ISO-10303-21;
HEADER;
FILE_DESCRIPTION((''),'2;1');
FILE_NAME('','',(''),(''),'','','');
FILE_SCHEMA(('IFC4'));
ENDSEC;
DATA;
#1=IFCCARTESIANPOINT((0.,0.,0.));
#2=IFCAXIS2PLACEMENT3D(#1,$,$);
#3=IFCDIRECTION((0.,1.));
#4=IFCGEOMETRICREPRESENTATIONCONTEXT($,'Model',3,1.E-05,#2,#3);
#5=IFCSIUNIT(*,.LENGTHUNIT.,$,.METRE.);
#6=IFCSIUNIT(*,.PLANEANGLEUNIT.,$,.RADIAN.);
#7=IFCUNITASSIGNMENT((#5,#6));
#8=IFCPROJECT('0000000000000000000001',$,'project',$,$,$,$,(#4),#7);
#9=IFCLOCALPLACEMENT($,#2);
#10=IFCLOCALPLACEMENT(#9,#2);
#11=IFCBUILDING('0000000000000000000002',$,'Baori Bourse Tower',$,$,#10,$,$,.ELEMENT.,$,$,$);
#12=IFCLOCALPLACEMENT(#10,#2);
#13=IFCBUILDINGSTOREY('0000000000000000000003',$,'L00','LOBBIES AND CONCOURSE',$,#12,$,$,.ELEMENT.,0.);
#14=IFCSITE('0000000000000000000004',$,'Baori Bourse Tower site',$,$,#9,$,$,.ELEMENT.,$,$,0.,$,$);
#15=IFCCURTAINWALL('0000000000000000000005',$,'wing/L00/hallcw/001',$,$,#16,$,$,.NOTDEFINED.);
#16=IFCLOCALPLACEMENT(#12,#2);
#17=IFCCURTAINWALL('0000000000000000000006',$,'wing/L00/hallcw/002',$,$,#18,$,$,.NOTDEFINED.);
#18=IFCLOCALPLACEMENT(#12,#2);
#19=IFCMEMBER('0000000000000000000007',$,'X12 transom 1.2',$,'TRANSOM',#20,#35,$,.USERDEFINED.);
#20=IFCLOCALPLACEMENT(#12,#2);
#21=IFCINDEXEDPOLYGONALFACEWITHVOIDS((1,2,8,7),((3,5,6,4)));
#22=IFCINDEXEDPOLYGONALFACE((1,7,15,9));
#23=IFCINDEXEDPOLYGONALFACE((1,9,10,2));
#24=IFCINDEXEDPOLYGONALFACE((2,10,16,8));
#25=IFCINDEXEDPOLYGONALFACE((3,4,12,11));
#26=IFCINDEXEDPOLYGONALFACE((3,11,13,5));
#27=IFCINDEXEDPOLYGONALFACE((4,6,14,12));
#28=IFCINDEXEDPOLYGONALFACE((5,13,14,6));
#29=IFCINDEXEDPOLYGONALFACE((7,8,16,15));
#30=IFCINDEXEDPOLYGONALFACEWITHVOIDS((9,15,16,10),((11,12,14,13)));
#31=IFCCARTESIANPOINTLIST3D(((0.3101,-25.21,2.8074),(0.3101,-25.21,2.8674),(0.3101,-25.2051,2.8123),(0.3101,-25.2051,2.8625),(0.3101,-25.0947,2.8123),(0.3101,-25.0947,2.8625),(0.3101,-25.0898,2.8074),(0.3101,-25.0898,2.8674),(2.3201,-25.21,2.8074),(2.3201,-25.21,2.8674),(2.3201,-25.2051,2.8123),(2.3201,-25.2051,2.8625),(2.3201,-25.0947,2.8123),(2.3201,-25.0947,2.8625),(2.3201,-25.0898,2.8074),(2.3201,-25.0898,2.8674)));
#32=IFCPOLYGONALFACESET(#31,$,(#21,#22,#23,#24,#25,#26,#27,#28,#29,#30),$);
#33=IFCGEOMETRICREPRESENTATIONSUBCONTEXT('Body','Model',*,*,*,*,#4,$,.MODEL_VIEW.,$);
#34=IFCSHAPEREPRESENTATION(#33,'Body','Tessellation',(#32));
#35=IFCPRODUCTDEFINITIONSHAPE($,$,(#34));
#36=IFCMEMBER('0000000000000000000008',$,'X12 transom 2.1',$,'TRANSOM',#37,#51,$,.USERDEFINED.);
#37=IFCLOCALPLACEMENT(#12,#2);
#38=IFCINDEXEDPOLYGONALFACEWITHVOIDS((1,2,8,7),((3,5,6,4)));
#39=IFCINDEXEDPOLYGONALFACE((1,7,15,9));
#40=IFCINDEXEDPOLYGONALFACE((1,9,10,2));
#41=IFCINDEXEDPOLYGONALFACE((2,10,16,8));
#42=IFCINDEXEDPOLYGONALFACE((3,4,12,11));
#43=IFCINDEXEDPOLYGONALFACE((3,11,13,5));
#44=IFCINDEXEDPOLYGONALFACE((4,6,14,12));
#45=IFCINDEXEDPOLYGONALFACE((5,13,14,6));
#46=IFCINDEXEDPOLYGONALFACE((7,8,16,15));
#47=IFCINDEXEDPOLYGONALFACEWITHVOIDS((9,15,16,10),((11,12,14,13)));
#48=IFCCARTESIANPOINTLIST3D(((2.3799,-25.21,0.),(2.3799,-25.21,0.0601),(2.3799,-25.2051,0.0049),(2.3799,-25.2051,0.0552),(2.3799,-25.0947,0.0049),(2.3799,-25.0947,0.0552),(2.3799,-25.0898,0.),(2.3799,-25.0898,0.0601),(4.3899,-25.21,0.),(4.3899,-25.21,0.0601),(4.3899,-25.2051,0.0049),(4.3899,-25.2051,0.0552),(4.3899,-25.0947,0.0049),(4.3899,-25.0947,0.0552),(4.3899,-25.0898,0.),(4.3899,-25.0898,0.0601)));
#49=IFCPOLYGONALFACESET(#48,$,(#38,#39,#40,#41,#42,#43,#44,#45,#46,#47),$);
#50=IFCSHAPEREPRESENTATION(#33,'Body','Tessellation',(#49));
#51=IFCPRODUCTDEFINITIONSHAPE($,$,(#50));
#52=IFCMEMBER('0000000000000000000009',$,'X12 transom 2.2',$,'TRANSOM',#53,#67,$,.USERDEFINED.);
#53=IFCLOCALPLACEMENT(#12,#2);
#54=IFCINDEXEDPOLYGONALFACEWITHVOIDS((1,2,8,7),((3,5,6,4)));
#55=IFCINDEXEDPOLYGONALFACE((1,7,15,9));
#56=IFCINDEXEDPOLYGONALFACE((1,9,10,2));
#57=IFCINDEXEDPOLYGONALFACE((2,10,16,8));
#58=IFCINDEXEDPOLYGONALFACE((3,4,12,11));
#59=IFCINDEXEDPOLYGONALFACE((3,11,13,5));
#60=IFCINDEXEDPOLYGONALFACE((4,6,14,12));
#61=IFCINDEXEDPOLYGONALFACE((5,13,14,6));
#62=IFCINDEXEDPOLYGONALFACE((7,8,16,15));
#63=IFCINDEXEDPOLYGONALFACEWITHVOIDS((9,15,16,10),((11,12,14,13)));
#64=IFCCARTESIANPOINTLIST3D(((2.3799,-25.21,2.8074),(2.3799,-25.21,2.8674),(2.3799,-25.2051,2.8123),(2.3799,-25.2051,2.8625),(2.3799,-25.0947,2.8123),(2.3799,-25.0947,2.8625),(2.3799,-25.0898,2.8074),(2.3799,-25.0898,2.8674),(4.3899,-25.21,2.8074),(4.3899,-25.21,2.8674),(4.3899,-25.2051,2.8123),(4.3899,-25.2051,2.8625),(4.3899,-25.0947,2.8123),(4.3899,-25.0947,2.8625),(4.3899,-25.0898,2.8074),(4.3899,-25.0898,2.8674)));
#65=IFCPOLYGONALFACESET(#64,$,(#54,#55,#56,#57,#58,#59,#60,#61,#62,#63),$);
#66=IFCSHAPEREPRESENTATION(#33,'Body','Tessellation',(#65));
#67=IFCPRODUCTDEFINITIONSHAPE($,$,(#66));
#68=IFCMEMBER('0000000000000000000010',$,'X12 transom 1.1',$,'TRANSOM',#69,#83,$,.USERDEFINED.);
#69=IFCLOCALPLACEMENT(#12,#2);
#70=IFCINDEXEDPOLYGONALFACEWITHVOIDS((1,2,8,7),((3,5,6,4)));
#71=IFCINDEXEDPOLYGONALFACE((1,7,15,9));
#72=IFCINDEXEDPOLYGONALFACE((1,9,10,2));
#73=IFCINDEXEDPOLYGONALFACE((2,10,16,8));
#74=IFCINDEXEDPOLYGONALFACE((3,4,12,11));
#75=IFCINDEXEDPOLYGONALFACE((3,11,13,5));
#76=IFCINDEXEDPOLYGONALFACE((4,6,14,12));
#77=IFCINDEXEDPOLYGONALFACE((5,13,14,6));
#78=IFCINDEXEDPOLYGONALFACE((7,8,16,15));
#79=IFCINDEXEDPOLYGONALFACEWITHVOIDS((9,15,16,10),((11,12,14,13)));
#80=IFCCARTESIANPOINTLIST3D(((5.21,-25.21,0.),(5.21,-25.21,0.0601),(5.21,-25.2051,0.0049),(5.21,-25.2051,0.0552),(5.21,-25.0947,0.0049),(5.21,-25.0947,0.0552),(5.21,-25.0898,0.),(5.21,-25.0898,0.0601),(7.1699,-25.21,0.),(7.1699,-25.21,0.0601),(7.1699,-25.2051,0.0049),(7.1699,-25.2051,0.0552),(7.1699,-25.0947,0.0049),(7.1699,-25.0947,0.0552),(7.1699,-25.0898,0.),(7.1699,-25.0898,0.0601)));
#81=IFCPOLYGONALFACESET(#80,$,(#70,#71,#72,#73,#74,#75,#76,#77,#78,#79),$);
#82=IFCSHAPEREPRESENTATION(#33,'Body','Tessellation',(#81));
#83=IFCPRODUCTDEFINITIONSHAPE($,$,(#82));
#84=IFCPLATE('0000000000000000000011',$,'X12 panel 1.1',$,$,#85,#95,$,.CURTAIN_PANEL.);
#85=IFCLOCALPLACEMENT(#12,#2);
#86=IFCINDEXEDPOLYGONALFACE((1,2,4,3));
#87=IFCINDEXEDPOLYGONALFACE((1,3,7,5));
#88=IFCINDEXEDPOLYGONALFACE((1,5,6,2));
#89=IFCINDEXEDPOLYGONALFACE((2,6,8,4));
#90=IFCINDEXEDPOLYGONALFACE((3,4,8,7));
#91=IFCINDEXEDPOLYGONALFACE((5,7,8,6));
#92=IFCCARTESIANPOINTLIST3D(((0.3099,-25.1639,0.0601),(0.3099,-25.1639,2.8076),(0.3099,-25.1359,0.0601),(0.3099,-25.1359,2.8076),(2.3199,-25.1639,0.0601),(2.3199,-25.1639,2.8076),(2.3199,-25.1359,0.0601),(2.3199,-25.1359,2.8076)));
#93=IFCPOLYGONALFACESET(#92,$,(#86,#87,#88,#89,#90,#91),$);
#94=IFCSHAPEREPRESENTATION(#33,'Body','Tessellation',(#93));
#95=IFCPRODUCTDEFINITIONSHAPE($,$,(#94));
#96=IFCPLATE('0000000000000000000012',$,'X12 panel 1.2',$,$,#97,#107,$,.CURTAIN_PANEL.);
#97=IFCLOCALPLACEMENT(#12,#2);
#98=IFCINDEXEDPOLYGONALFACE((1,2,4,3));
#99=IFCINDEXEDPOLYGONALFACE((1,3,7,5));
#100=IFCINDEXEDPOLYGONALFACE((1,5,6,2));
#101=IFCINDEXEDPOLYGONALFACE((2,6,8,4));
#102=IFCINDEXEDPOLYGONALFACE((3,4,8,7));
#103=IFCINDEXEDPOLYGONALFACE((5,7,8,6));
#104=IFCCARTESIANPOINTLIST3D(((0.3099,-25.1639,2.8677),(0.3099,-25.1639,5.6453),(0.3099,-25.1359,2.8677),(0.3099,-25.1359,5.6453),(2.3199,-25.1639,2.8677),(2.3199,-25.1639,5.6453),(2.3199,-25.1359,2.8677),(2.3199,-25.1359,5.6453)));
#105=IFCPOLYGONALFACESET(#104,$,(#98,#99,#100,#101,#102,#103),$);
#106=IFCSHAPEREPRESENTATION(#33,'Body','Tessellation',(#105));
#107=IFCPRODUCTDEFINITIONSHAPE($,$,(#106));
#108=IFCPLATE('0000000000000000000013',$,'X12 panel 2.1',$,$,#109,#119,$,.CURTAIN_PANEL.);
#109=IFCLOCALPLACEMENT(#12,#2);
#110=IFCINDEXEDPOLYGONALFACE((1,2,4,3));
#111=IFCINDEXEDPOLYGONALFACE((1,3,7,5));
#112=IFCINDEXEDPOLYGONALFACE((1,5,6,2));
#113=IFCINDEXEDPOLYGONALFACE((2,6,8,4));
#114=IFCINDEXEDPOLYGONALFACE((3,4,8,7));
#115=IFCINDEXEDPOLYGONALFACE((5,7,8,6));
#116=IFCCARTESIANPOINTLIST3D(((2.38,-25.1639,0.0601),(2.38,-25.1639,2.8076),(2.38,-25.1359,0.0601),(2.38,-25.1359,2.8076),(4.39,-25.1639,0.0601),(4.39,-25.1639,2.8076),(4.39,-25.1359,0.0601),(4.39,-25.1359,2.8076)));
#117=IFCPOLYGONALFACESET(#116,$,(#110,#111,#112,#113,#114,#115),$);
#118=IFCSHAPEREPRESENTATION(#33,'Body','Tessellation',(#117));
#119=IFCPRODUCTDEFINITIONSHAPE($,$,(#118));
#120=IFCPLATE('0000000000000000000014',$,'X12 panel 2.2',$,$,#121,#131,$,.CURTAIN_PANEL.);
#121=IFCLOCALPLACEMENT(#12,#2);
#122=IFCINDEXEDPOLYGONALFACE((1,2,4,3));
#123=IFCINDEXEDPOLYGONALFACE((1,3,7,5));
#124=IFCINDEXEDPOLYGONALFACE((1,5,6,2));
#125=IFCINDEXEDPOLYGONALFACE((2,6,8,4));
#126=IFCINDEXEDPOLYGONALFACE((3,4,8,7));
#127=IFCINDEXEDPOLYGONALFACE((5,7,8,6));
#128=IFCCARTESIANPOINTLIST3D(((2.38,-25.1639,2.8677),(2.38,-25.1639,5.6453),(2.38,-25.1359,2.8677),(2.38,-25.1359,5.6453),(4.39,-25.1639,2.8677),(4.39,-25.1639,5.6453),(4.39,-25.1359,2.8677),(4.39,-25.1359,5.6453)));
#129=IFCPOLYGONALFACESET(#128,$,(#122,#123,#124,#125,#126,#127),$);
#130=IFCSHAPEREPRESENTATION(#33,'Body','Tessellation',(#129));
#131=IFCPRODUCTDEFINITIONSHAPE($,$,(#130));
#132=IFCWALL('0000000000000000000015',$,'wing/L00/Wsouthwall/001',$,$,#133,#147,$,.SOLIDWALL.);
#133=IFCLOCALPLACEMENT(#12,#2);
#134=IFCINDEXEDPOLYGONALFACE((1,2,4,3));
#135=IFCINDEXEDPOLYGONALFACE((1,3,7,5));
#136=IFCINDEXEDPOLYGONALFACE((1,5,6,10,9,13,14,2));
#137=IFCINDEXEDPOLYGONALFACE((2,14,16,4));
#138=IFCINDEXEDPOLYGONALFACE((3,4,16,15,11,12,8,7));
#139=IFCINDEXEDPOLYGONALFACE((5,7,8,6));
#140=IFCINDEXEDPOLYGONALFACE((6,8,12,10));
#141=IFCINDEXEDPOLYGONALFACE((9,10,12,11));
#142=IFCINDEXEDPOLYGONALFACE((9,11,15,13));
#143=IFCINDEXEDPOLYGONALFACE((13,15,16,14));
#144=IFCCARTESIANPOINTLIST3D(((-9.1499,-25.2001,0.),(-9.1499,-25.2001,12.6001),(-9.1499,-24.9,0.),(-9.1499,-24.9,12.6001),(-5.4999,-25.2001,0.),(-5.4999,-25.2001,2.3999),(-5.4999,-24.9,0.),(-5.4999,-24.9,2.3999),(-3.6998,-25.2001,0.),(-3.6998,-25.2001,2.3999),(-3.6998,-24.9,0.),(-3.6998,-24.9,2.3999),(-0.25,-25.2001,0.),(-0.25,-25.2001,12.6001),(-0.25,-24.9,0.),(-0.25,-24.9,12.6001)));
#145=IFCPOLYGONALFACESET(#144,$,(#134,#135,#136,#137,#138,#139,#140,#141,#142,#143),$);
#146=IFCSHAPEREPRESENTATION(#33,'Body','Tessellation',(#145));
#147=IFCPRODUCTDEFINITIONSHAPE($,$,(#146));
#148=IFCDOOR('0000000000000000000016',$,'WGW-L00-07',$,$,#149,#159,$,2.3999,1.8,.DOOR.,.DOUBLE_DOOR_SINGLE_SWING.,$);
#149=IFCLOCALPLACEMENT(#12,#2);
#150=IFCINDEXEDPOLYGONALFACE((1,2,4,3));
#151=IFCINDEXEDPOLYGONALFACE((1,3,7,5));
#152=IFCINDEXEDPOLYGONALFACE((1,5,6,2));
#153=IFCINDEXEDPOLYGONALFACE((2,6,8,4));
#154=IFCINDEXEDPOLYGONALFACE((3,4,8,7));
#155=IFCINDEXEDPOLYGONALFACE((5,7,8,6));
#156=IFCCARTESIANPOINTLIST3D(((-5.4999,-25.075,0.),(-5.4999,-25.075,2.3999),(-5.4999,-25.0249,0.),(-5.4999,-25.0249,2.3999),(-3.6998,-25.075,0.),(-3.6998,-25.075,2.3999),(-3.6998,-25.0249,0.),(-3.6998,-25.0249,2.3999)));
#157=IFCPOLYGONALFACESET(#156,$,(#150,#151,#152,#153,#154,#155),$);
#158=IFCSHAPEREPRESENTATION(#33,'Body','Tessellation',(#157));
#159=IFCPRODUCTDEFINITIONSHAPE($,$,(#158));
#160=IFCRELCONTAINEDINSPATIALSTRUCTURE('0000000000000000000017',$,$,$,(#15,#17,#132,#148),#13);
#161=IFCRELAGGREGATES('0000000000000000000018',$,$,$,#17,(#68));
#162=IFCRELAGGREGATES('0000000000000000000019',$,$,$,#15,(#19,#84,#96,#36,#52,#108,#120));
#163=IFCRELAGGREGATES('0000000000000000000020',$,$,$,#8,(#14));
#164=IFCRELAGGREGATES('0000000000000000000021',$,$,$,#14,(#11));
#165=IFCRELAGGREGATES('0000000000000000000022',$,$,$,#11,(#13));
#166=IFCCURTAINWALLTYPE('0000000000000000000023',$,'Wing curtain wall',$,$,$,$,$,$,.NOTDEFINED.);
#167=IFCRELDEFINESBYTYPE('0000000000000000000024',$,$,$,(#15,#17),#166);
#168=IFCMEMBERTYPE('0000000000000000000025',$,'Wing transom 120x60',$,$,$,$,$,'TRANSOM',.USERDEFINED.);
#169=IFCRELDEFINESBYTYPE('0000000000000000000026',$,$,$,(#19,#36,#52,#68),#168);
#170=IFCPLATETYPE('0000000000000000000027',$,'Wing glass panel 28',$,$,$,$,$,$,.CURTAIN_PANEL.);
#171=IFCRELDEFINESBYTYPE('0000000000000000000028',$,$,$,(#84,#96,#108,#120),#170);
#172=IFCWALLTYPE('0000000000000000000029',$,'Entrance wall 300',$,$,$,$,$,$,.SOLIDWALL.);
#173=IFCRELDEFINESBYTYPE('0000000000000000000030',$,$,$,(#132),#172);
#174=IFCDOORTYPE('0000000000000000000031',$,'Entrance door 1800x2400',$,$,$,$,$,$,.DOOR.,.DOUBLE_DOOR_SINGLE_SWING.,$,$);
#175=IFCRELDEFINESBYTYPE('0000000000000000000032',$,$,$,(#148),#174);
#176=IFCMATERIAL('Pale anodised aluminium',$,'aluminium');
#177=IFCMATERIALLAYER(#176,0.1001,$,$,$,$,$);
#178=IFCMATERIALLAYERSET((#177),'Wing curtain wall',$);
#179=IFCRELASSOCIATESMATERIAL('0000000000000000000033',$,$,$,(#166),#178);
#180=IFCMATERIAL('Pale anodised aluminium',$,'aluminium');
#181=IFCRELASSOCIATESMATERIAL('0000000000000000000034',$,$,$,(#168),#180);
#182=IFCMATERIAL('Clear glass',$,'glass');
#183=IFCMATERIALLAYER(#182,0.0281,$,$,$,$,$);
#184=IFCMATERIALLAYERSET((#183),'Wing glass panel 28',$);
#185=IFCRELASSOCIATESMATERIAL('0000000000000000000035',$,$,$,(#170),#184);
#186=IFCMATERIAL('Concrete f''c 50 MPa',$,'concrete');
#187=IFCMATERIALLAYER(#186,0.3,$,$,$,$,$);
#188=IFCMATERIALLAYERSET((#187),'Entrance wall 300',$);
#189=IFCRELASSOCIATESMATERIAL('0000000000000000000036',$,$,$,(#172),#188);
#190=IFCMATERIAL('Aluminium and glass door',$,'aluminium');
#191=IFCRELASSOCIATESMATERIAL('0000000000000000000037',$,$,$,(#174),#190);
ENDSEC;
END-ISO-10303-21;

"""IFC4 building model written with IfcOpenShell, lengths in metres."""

from ifc_helpers import new_model, si_unit, direction, frame, frame_2d, origin, origin_2d, place, context, subcontext, project, spatial, rectangle, hollow_rectangle, extrude, material, layer, layer_set, material_profile, profile_set, type_object, element, fill, aggregate, save


model = new_model("IFC4")

# Units and contexts
model_context = context("Model", 3, precision=1e-05, world=origin(), true_north=direction((0.0, 1.0)))
body_context = subcontext(model_context, "Body", "Model", "MODEL_VIEW")
ifc_project = project(units=[si_unit("LENGTHUNIT", "METRE"), si_unit("PLANEANGLEUNIT", "RADIAN")], contexts=[model_context])

# Site, building, storey
site_placement = place(None, origin())
site = spatial("IfcSite", under=ifc_project, at=site_placement, Name="Baori Bourse Tower site", CompositionType="ELEMENT", RefElevation=0.0)
building_placement = place(site_placement, origin())
building = spatial("IfcBuilding", under=site, at=building_placement, Name="Baori Bourse Tower", CompositionType="ELEMENT")
storey_placement = place(building_placement, origin())
storey = spatial("IfcBuildingStorey", under=building, at=storey_placement, Name="L00", Description="LOBBIES AND CONCOURSE", CompositionType="ELEMENT", Elevation=0.0)

# Curtain wall
ifc_material_1 = material(Name="Pale anodised aluminium", Category="aluminium")
ifc_layer_1 = layer(ifc_material_1, 0.1001)
ifc_layer_set_1 = layer_set([ifc_layer_1], Name="Wing curtain wall")
curtain_wall_type = type_object("IfcCurtainWallType", Name="Wing curtain wall", PredefinedType="NOTDEFINED", material=ifc_layer_set_1)
curtain_wall_1_placement = place(storey_placement, origin())
curtain_wall_1 = element("IfcCurtainWall", 1, at=curtain_wall_1_placement, inside=storey, type_object=curtain_wall_type, Name="wing/L00/hallcw/001", PredefinedType="NOTDEFINED")

# Curtain wall
curtain_wall_2_placement = place(storey_placement, origin())
curtain_wall_2 = element("IfcCurtainWall", 2, at=curtain_wall_2_placement, inside=storey, type_object=curtain_wall_type, Name="wing/L00/hallcw/002", PredefinedType="NOTDEFINED")

# Members
ifc_material_2 = material(Name="Pale anodised aluminium", Category="aluminium")
ifc_material_profile_1 = material_profile(ifc_material_2, hollow_rectangle(XDim=0.1201, YDim=0.0601, WallThickness=0.0049, at=origin_2d()), Name="Transom 120x60x5")
ifc_profile_set_1 = profile_set([ifc_material_profile_1], Name="Pale anodised aluminium")
member_type_1 = type_object("IfcMemberType", Name="Wing transom 120x60", ElementType="TRANSOM", PredefinedType="USERDEFINED", material=ifc_profile_set_1)
member_1_placement = place(storey_placement, frame((0.3101, -25.1499, 2.8374), z_axis=(1.0, 0.0, 0.0), x_axis=(0.0, 1.0, 0.0)))
member_1 = element("IfcMember", 3, at=member_1_placement, type_object=member_type_1, Name="X12 transom 1.2", ObjectType="TRANSOM", PredefinedType="USERDEFINED", context=body_context, shape_type="SweptSolid", body=[
    extrude(hollow_rectangle(XDim=0.1201, YDim=0.0601, WallThickness=0.0049, at=origin_2d()), origin(), (0.0, 0.0, 1.0), 2.01),
])
member_2_placement = place(storey_placement, frame((2.3799, -25.1499, 0.03), z_axis=(1.0, 0.0, 0.0), x_axis=(0.0, 1.0, 0.0)))
member_2 = element("IfcMember", 4, at=member_2_placement, type_object=member_type_1, Name="X12 transom 2.1", ObjectType="TRANSOM", PredefinedType="USERDEFINED", context=body_context, shape_type="SweptSolid", body=[
    extrude(hollow_rectangle(XDim=0.1201, YDim=0.0601, WallThickness=0.0049, at=origin_2d()), origin(), (0.0, 0.0, 1.0), 2.01),
])
member_3_placement = place(storey_placement, frame((2.3799, -25.1499, 2.8374), z_axis=(1.0, 0.0, 0.0), x_axis=(0.0, 1.0, 0.0)))
member_3 = element("IfcMember", 5, at=member_3_placement, type_object=member_type_1, Name="X12 transom 2.2", ObjectType="TRANSOM", PredefinedType="USERDEFINED", context=body_context, shape_type="SweptSolid", body=[
    extrude(hollow_rectangle(XDim=0.1201, YDim=0.0601, WallThickness=0.0049, at=origin_2d()), origin(), (0.0, 0.0, 1.0), 2.01),
])
member_4_placement = place(storey_placement, frame((5.21, -25.1499, 0.03), z_axis=(1.0, 0.0, 0.0), x_axis=(0.0, 1.0, 0.0)))
member_4 = element("IfcMember", 6, at=member_4_placement, type_object=member_type_1, Name="X12 transom 1.1", ObjectType="TRANSOM", PredefinedType="USERDEFINED", context=body_context, shape_type="SweptSolid", body=[
    extrude(hollow_rectangle(XDim=0.1201, YDim=0.0601, WallThickness=0.0049, at=origin_2d()), origin(), (0.0, 0.0, 1.0), 1.96),
])
aggregate(curtain_wall_2, [member_4])

# Plates
ifc_material_3 = material(Name="Clear glass", Category="glass")
ifc_layer_2 = layer(ifc_material_3, 0.0281)
ifc_layer_set_2 = layer_set([ifc_layer_2], Name="Wing glass panel 28")
plate_type = type_object("IfcPlateType", Name="Wing glass panel 28", PredefinedType="CURTAIN_PANEL", material=ifc_layer_set_2)
plate_1_placement = place(storey_placement, frame((1.3149, -25.1499, 0.0601), z_axis=(0.0, 0.0, 1.0), x_axis=(1.0, 0.0, 0.0)))
plate_1 = element("IfcPlate", 7, at=plate_1_placement, type_object=plate_type, Name="X12 panel 1.1", PredefinedType="CURTAIN_PANEL", context=body_context, shape_type="SweptSolid", body=[
    extrude(rectangle(XDim=2.01, YDim=0.0281, at=origin_2d()), origin(), (0.0, 0.0, 1.0), 2.7476),
])
plate_2_placement = place(storey_placement, frame((1.3149, -25.1499, 2.8677), z_axis=(0.0, 0.0, 1.0), x_axis=(1.0, 0.0, 0.0)))
plate_2 = element("IfcPlate", 8, at=plate_2_placement, type_object=plate_type, Name="X12 panel 1.2", PredefinedType="CURTAIN_PANEL", context=body_context, shape_type="SweptSolid", body=[
    extrude(rectangle(XDim=2.01, YDim=0.0281, at=origin_2d()), origin(), (0.0, 0.0, 1.0), 2.7776),
])
plate_3_placement = place(storey_placement, frame((3.385, -25.1499, 0.0601), z_axis=(0.0, 0.0, 1.0), x_axis=(1.0, 0.0, 0.0)))
plate_3 = element("IfcPlate", 9, at=plate_3_placement, type_object=plate_type, Name="X12 panel 2.1", PredefinedType="CURTAIN_PANEL", context=body_context, shape_type="SweptSolid", body=[
    extrude(rectangle(XDim=2.01, YDim=0.0281, at=origin_2d()), origin(), (0.0, 0.0, 1.0), 2.7476),
])
plate_4_placement = place(storey_placement, frame((3.385, -25.1499, 2.8677), z_axis=(0.0, 0.0, 1.0), x_axis=(1.0, 0.0, 0.0)))
plate_4 = element("IfcPlate", 10, at=plate_4_placement, type_object=plate_type, Name="X12 panel 2.2", PredefinedType="CURTAIN_PANEL", context=body_context, shape_type="SweptSolid", body=[
    extrude(rectangle(XDim=2.01, YDim=0.0281, at=origin_2d()), origin(), (0.0, 0.0, 1.0), 2.7776),
])
aggregate(curtain_wall_1, [member_1, plate_1, plate_2, member_2, member_3, plate_3, plate_4])

# Wall, opening, door
ifc_material_4 = material(Name="Concrete f'c 50 MPa", Category="concrete")
ifc_layer_3 = layer(ifc_material_4, 0.3)
ifc_layer_set_3 = layer_set([ifc_layer_3], Name="Entrance wall 300")
wall_type = type_object("IfcWallType", Name="Entrance wall 300", PredefinedType="SOLIDWALL", material=ifc_layer_set_3)
wall_placement = place(storey_placement, frame((-0.25, -25.05, 0.0), z_axis=(0.0, 0.0, 1.0), x_axis=(-1.0, 0.0, 0.0)))
wall = element("IfcWall", 11, at=wall_placement, inside=storey, type_object=wall_type, Name="wing/L00/Wsouthwall/001", PredefinedType="SOLIDWALL", context=body_context, shape_type="SweptSolid", body=[
    extrude(rectangle(XDim=8.8999, YDim=0.3, at=frame_2d((4.45, 0.0))), origin(), (0.0, 0.0, 1.0), 12.6001),
])
opening_placement = place(wall_placement, frame((3.45, 0.0, 0.0)))
opening = element("IfcOpeningElement", 12, at=opening_placement, cuts=wall, PredefinedType="OPENING", context=body_context, shape_type="SweptSolid", body=[
    extrude(rectangle(XDim=1.8, YDim=2.3999, at=frame_2d((0.8999, 1.2))), frame((0.0, 0.1599, 0.0), z_axis=(0.0, -1.0, 0.0), x_axis=(1.0, 0.0, 0.0)), (0.0, 0.0, 1.0), 0.3201),
])
ifc_material_5 = material(Name="Aluminium and glass door", Category="aluminium")
door_type = type_object("IfcDoorType", Name="Entrance door 1800x2400", OperationType="DOUBLE_DOOR_SINGLE_SWING", PredefinedType="DOOR", material=ifc_material_5)
door_placement = place(opening_placement, origin())
door = element("IfcDoor", 13, at=door_placement, inside=storey, type_object=door_type, Name="WGW-L00-07", OperationType="DOUBLE_DOOR_SINGLE_SWING", OverallHeight=2.3999, OverallWidth=1.8, PredefinedType="DOOR", context=body_context, shape_type="SweptSolid", body=[
    extrude(rectangle(XDim=1.8, YDim=2.3999, at=frame_2d((0.8999, 1.2))), frame((0.0, 0.0249, 0.0), z_axis=(0.0, -1.0, 0.0), x_axis=(1.0, 0.0, 0.0)), (0.0, 0.0, 1.0), 0.05),
])
fill(opening, door)

save(model, "model.ifc")
